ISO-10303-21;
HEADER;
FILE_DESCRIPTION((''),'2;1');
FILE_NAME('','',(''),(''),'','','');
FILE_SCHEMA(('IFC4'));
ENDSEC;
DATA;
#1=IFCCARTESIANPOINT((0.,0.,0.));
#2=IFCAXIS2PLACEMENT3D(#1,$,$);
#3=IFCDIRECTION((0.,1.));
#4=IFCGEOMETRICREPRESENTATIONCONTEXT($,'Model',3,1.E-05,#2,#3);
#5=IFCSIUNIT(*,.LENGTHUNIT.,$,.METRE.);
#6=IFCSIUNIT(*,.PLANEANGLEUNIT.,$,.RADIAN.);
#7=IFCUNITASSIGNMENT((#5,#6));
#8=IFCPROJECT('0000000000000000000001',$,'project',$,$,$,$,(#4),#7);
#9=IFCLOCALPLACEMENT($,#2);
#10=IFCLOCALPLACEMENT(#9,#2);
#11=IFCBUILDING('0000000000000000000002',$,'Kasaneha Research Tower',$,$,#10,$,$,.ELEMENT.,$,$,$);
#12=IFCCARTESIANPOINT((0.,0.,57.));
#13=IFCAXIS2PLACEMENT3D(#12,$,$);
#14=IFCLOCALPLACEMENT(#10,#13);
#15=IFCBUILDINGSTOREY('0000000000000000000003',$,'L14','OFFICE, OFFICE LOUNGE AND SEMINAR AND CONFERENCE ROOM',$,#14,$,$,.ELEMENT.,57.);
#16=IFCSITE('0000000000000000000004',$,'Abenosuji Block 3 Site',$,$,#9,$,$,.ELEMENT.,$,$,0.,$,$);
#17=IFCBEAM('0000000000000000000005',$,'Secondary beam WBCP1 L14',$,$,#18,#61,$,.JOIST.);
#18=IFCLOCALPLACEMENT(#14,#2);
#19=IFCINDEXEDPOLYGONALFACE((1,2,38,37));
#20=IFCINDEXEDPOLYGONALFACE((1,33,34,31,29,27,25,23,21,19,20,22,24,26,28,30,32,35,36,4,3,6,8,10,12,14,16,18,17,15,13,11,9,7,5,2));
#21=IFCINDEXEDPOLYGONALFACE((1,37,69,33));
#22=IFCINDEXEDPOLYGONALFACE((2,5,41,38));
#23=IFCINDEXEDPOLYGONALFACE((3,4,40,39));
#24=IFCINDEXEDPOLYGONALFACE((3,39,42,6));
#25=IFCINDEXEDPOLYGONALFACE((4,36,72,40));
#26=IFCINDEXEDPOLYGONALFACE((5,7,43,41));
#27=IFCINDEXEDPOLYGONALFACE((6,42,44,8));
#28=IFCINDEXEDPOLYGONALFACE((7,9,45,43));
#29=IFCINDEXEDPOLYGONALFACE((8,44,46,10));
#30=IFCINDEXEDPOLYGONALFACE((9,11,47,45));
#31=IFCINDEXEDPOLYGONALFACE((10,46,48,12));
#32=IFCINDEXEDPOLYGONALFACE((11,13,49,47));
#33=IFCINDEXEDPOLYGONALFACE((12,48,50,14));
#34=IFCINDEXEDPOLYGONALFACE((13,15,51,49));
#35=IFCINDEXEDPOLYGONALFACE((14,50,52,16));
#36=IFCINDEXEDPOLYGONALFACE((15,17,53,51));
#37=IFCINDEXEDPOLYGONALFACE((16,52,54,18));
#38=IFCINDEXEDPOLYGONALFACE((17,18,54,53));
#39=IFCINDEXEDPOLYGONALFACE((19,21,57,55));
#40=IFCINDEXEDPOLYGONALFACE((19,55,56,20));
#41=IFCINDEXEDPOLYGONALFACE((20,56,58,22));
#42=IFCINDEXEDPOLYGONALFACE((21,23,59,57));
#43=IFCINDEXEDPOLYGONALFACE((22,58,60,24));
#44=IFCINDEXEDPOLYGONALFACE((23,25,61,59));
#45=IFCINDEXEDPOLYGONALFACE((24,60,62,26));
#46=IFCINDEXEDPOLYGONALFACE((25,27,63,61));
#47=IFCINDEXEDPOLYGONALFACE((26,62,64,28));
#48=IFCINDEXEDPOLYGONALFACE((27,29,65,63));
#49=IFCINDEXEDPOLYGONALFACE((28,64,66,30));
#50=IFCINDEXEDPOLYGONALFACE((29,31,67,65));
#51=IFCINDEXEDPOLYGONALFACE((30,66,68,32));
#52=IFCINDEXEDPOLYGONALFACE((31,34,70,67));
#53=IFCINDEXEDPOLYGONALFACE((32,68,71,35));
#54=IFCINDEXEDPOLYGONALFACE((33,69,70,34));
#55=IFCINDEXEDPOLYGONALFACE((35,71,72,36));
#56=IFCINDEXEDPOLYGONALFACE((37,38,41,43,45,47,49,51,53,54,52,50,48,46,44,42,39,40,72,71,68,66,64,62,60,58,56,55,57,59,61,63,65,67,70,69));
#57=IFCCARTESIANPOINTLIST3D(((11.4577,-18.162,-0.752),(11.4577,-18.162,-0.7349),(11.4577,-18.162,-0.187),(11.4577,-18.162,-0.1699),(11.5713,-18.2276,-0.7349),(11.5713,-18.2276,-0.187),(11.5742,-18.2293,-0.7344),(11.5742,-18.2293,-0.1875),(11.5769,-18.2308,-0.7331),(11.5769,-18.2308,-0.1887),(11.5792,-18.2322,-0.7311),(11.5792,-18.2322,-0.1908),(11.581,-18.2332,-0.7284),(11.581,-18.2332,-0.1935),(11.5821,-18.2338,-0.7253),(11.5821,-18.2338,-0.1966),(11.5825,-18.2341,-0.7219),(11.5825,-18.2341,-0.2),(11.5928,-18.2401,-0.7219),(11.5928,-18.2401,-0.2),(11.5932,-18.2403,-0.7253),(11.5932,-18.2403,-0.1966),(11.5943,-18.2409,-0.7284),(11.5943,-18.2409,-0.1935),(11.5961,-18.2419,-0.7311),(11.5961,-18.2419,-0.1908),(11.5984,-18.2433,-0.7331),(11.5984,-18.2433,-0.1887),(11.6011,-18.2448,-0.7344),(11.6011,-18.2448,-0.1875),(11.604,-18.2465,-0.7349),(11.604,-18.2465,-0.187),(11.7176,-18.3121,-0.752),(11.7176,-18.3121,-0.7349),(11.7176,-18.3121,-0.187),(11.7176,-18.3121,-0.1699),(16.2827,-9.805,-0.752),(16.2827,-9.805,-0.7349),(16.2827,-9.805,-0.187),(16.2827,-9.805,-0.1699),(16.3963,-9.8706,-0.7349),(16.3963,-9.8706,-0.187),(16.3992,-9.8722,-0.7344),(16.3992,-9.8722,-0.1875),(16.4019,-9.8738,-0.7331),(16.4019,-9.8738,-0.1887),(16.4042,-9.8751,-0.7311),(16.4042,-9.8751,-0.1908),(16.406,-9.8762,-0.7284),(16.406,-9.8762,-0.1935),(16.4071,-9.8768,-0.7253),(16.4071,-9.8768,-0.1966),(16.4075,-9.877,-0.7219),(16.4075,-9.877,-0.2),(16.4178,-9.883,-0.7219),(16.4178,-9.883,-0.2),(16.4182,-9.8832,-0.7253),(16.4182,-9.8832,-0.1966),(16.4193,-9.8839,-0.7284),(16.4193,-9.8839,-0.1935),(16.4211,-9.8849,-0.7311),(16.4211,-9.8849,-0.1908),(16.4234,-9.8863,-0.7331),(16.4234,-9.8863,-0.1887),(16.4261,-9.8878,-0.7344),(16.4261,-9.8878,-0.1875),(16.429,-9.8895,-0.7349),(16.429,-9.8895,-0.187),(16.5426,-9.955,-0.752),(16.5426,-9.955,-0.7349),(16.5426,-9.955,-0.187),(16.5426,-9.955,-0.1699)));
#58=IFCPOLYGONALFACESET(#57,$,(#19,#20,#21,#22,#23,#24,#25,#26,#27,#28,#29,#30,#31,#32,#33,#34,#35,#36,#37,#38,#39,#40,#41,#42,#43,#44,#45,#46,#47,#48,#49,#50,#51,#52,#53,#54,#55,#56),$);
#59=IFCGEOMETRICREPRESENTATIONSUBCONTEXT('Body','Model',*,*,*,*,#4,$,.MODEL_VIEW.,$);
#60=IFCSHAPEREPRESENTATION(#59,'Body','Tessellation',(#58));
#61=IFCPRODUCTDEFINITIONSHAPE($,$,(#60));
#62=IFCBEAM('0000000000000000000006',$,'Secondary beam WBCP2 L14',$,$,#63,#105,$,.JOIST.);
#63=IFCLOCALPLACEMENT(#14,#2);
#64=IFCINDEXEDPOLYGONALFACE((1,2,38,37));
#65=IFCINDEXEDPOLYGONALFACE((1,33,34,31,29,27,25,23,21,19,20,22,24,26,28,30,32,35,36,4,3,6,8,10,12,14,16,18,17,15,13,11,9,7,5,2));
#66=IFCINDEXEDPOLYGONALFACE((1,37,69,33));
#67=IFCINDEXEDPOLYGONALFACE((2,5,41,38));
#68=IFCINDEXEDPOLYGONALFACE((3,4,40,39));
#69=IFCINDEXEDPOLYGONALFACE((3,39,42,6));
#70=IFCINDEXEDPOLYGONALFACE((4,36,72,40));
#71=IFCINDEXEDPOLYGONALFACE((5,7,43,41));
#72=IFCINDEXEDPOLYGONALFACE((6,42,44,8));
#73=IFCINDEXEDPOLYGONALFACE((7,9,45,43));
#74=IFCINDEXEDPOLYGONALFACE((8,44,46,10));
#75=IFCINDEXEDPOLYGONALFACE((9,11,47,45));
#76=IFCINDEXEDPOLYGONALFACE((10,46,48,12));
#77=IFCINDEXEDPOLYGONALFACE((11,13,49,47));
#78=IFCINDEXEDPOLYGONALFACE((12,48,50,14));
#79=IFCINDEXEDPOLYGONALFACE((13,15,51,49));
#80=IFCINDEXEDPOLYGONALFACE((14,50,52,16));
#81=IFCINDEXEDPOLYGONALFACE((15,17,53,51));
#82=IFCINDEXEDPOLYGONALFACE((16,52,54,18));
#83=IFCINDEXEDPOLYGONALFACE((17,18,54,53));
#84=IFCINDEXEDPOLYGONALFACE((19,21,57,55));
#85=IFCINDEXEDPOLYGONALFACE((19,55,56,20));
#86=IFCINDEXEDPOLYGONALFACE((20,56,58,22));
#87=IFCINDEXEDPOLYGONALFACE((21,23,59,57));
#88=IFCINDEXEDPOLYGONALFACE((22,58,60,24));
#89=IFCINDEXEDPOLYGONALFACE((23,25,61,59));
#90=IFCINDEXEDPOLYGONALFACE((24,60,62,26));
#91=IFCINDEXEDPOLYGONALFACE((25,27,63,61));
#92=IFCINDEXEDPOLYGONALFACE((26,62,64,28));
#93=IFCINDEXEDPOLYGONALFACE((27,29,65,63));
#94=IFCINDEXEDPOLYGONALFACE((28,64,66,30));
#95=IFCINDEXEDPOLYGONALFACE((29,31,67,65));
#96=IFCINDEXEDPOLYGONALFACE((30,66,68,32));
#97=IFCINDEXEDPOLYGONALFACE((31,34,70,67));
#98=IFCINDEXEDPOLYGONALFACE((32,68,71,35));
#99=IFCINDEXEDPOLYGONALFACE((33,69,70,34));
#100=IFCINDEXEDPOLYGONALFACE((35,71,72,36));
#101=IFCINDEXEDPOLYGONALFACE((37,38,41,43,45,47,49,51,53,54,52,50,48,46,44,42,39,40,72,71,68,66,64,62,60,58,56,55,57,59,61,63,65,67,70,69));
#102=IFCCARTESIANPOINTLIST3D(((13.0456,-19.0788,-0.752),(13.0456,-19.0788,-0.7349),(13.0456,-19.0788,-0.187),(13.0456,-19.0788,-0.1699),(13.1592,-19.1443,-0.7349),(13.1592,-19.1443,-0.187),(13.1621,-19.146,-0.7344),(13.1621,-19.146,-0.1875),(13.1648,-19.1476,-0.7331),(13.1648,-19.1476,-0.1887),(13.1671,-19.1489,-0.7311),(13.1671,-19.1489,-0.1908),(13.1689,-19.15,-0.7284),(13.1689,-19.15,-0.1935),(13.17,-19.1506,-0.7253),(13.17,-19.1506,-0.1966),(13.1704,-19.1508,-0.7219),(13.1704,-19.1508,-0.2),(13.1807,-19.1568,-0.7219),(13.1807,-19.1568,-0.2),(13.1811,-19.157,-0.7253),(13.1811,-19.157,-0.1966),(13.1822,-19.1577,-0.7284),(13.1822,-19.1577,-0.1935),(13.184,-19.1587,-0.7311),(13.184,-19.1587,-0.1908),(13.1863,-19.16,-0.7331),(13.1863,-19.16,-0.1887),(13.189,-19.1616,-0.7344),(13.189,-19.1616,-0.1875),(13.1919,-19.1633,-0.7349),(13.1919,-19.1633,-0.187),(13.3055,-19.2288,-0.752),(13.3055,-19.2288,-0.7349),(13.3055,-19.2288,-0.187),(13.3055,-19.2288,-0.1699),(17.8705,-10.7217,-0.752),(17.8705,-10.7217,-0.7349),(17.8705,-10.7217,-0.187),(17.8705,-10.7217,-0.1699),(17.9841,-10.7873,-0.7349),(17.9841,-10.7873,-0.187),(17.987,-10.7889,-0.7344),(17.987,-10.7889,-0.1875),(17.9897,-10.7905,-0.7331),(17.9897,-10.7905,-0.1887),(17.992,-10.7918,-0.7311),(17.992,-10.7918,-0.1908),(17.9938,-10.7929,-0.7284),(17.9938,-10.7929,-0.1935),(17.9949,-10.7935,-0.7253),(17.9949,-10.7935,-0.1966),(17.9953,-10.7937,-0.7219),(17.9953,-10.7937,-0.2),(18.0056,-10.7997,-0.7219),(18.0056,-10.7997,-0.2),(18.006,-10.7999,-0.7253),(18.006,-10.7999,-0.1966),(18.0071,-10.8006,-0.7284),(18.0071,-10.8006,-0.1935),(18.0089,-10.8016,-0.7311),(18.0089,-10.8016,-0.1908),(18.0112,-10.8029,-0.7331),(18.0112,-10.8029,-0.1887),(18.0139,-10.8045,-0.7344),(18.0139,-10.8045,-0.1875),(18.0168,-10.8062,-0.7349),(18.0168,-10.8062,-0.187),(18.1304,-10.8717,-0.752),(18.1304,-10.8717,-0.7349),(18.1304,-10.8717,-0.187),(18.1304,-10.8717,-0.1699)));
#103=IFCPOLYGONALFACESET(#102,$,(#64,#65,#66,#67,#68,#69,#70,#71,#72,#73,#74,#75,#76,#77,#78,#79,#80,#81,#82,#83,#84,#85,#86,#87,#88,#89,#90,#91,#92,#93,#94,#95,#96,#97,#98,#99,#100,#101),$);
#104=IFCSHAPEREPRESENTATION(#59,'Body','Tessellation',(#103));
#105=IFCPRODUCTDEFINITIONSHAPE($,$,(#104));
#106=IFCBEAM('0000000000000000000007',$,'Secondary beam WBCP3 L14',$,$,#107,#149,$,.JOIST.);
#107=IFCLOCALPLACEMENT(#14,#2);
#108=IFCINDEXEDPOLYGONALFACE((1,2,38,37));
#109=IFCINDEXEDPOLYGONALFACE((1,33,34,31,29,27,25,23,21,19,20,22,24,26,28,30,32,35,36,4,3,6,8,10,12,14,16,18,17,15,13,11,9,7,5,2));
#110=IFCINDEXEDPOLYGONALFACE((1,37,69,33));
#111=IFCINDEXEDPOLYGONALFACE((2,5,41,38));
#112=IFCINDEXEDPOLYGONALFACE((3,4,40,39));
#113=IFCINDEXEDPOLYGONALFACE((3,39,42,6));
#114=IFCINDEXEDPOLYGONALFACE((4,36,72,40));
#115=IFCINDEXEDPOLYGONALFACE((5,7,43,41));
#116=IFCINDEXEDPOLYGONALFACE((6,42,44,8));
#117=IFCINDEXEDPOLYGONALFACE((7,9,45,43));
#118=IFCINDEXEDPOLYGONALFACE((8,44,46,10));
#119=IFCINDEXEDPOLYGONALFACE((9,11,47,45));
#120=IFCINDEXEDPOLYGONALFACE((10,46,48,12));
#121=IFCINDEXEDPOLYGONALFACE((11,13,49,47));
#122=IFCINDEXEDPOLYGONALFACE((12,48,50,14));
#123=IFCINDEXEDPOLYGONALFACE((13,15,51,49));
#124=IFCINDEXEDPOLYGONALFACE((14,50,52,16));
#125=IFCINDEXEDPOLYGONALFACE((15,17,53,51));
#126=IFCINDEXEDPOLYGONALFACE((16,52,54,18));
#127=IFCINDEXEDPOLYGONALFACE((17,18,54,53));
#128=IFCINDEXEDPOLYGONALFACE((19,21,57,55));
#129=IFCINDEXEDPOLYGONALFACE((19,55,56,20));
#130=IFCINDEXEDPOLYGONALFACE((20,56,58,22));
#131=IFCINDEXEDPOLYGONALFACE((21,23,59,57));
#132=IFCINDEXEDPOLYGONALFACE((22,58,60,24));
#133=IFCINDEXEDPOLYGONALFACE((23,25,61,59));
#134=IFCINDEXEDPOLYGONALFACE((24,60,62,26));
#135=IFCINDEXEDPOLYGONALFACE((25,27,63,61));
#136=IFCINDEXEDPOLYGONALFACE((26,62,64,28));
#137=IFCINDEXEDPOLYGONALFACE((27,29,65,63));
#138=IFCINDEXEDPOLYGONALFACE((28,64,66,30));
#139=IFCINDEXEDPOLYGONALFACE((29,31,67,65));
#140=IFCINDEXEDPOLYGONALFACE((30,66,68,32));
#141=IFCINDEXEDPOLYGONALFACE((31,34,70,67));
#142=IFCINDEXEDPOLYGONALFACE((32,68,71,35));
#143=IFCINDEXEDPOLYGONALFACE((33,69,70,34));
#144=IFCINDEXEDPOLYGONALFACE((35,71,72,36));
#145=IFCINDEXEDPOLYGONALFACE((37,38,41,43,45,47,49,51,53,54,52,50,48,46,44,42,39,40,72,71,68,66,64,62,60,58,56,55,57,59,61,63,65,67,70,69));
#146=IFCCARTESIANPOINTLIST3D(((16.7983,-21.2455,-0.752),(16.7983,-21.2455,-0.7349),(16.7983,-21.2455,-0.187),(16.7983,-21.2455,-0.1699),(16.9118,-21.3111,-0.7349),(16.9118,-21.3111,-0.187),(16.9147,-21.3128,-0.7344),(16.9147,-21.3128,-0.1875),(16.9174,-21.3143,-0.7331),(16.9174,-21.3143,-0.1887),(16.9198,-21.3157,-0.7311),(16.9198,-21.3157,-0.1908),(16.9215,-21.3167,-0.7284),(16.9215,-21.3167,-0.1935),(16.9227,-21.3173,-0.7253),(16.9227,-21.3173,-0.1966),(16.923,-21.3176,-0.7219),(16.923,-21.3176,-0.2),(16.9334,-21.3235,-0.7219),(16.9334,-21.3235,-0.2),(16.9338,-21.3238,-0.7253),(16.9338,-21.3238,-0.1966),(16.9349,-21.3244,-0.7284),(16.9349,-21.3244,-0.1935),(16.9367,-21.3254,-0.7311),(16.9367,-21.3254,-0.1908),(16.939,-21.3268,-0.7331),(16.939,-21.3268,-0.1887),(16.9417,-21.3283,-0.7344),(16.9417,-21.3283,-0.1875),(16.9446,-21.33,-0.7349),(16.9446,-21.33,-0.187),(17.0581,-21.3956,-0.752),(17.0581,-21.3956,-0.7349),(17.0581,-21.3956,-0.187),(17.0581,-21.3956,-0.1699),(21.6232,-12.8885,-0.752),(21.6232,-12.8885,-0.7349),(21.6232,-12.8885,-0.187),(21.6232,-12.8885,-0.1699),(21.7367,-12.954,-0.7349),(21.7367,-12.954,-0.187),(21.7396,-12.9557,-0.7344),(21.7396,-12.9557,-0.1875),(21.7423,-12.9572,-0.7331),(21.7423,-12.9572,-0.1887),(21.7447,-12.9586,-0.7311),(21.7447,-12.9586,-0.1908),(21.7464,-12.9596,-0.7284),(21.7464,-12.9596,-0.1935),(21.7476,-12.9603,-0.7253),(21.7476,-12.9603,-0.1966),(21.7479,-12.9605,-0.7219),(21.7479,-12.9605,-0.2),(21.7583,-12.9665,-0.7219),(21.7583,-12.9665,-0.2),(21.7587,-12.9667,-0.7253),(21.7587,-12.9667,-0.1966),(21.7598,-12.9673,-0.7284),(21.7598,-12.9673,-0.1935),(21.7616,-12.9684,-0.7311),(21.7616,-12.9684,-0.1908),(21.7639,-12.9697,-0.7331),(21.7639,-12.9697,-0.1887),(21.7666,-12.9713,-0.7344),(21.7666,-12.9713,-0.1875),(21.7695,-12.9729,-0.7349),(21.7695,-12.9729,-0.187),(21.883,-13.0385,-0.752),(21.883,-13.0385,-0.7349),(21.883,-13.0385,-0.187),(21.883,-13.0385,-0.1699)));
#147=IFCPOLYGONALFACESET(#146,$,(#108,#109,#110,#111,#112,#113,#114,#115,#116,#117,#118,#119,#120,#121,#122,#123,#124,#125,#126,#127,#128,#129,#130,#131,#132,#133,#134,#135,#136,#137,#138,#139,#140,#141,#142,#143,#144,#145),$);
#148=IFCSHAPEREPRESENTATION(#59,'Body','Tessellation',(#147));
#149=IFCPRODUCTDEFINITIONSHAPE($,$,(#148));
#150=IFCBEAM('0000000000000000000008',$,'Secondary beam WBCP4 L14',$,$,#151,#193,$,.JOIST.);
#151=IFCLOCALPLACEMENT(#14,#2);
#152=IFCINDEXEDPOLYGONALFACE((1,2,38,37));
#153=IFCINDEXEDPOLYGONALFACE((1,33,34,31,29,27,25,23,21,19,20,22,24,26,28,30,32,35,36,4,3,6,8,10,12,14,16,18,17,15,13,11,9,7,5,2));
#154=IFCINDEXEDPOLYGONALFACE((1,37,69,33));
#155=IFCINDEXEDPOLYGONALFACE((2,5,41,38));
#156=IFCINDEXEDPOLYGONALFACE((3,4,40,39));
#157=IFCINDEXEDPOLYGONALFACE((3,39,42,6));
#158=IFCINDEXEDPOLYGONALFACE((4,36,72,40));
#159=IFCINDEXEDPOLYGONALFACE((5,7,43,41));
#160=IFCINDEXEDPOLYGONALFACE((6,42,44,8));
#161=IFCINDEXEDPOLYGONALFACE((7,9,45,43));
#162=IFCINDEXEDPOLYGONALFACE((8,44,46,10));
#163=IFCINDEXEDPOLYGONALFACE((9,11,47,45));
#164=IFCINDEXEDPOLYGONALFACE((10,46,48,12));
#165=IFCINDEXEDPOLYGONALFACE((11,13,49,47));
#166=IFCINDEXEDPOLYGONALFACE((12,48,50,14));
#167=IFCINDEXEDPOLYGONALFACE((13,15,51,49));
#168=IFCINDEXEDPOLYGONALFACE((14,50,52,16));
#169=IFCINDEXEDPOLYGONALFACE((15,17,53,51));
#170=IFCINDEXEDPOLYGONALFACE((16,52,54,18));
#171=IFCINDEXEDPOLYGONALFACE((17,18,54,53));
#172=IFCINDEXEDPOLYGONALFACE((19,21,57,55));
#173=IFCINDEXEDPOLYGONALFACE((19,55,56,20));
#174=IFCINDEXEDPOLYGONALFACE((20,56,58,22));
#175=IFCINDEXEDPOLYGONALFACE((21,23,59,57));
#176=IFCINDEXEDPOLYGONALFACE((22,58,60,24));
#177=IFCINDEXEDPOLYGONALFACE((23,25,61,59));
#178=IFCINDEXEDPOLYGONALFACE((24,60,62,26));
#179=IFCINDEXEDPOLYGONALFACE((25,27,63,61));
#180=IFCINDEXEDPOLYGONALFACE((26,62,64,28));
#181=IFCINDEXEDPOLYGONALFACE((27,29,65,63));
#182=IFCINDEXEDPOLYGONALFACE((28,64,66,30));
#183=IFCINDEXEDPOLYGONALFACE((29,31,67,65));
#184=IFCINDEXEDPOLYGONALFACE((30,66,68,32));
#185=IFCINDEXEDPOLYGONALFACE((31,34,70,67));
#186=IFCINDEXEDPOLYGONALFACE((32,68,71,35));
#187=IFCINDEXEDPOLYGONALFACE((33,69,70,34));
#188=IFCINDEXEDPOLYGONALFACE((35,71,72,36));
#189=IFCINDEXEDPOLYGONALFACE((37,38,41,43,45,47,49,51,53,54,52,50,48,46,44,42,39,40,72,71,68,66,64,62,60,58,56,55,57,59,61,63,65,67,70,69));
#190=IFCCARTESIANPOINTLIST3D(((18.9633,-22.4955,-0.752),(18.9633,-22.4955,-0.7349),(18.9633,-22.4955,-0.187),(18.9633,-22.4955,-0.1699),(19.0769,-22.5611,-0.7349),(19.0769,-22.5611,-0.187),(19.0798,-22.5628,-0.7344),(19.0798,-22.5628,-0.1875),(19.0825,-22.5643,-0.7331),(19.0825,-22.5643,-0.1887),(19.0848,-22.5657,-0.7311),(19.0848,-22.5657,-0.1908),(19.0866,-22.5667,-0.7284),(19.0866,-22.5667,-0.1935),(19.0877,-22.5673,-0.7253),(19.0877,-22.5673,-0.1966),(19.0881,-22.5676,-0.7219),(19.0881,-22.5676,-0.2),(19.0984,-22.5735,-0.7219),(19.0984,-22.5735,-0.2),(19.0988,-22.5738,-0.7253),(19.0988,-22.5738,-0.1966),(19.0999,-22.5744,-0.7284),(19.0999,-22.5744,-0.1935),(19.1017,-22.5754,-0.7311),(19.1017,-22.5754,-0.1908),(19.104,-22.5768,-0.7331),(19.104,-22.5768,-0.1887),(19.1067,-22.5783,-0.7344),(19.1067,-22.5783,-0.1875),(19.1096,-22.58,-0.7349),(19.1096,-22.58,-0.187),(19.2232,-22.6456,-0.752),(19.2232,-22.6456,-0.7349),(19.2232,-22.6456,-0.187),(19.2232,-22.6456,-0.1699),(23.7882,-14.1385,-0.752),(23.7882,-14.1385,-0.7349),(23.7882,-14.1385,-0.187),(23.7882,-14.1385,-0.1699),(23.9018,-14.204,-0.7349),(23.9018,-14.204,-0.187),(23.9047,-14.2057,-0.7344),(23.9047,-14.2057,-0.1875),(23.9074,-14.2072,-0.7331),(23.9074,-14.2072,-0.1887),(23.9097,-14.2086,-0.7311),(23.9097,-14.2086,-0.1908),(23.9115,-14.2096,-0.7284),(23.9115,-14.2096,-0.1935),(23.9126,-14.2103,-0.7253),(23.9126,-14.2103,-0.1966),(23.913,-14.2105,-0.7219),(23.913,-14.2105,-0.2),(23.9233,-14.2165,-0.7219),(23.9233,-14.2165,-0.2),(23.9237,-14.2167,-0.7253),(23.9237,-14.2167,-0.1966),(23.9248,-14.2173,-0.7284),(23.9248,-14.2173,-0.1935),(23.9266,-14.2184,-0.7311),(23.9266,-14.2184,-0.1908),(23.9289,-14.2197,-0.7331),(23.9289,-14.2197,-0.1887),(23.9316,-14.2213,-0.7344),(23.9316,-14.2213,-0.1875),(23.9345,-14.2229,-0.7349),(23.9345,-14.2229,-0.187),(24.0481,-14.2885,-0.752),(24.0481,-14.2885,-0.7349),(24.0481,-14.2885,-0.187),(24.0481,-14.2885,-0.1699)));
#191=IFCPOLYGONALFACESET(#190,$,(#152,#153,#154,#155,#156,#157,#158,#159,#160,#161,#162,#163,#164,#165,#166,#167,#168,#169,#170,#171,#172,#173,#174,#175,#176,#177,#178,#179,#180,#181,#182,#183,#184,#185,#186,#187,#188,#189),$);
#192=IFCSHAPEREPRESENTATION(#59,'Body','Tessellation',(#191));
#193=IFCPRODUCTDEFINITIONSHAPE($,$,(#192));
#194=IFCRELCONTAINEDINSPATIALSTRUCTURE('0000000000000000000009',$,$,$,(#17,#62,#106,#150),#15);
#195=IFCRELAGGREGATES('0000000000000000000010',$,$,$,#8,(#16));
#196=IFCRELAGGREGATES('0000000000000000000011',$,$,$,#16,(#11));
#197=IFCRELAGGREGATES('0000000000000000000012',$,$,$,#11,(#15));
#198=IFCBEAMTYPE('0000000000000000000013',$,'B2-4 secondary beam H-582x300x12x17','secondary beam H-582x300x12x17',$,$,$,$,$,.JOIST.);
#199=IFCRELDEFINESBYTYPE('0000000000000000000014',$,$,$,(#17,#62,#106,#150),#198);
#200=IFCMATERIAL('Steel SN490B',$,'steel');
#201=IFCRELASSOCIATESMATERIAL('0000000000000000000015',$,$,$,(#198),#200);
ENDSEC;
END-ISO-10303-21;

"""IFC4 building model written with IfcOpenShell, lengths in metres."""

from ifc_helpers import new_model, si_unit, direction, frame, origin, origin_2d, place, context, subcontext, project, spatial, i_section, extrude, material, material_profile, profile_set, type_object, element, save


model = new_model("IFC4")

# Units and contexts
model_context = context("Model", 3, precision=1e-05, world=origin(), true_north=direction((0.0, 1.0)))
body_context = subcontext(model_context, "Body", "Model", "MODEL_VIEW")
ifc_project = project(units=[si_unit("LENGTHUNIT", "METRE"), si_unit("PLANEANGLEUNIT", "RADIAN")], contexts=[model_context])

# Site, building, storey
site_placement = place(None, origin())
site = spatial("IfcSite", under=ifc_project, at=site_placement, Name="Abenosuji Block 3 Site", CompositionType="ELEMENT", RefElevation=0.0)
building_placement = place(site_placement, origin())
building = spatial("IfcBuilding", under=site, at=building_placement, Name="Kasaneha Research Tower", CompositionType="ELEMENT")
storey_placement = place(building_placement, frame((0.0, 0.0, 57.0)))
storey = spatial("IfcBuildingStorey", under=building, at=storey_placement, Name="L14", Description="OFFICE, OFFICE LOUNGE AND SEMINAR AND CONFERENCE ROOM", CompositionType="ELEMENT", Elevation=57.0)

# Beams
ifc_material_1 = material(Name="Steel SN490B", Category="steel")
ifc_material_profile_1 = material_profile(ifc_material_1, i_section(OverallWidth=0.3, OverallDepth=0.582, WebThickness=0.012, FlangeThickness=0.0171, FilletRadius=0.0129, at=origin_2d()), Name="H-582x300x12x17")
ifc_profile_set_1 = profile_set([ifc_material_profile_1], Name="Steel SN490B")
beam_type_1 = type_object("IfcBeamType", Name="B2-4 secondary beam H-582x300x12x17", Description="secondary beam H-582x300x12x17", PredefinedType="JOIST", material=ifc_profile_set_1)
for number, where, z_axis, x_axis, name in (
    (1, (11.5876, -18.2371, -0.4609), (0.500006, 0.866022, 0.0), (-0.866022, 0.500006, 0.0), "Secondary beam WBCP1 L14"),
    (2, (13.1755, -19.1538, -0.4609), (0.499995, 0.866028, 0.0), (-0.866028, 0.499995, 0.0), "Secondary beam WBCP2 L14"),
    (3, (16.9282, -21.3206, -0.4609), (0.499995, 0.866028, 0.0), (-0.866028, 0.499995, 0.0), "Secondary beam WBCP3 L14"),
    (4, (19.0933, -22.5706, -0.4609), (0.499995, 0.866028, 0.0), (-0.866028, 0.499995, 0.0), "Secondary beam WBCP4 L14"),
):
    element("IfcBeam", number, at=place(storey_placement, frame(where, z_axis=z_axis, x_axis=x_axis)), inside=storey, type_object=beam_type_1, Name=name, PredefinedType="JOIST", context=body_context, shape_type="SweptSolid", body=[
        extrude(i_section(OverallWidth=0.3, OverallDepth=0.582, WebThickness=0.012, FlangeThickness=0.0171, FilletRadius=0.0129, at=origin_2d()), origin(), (0.0, 0.0, 1.0), 9.6499),
    ])

save(model, "model.ifc")
